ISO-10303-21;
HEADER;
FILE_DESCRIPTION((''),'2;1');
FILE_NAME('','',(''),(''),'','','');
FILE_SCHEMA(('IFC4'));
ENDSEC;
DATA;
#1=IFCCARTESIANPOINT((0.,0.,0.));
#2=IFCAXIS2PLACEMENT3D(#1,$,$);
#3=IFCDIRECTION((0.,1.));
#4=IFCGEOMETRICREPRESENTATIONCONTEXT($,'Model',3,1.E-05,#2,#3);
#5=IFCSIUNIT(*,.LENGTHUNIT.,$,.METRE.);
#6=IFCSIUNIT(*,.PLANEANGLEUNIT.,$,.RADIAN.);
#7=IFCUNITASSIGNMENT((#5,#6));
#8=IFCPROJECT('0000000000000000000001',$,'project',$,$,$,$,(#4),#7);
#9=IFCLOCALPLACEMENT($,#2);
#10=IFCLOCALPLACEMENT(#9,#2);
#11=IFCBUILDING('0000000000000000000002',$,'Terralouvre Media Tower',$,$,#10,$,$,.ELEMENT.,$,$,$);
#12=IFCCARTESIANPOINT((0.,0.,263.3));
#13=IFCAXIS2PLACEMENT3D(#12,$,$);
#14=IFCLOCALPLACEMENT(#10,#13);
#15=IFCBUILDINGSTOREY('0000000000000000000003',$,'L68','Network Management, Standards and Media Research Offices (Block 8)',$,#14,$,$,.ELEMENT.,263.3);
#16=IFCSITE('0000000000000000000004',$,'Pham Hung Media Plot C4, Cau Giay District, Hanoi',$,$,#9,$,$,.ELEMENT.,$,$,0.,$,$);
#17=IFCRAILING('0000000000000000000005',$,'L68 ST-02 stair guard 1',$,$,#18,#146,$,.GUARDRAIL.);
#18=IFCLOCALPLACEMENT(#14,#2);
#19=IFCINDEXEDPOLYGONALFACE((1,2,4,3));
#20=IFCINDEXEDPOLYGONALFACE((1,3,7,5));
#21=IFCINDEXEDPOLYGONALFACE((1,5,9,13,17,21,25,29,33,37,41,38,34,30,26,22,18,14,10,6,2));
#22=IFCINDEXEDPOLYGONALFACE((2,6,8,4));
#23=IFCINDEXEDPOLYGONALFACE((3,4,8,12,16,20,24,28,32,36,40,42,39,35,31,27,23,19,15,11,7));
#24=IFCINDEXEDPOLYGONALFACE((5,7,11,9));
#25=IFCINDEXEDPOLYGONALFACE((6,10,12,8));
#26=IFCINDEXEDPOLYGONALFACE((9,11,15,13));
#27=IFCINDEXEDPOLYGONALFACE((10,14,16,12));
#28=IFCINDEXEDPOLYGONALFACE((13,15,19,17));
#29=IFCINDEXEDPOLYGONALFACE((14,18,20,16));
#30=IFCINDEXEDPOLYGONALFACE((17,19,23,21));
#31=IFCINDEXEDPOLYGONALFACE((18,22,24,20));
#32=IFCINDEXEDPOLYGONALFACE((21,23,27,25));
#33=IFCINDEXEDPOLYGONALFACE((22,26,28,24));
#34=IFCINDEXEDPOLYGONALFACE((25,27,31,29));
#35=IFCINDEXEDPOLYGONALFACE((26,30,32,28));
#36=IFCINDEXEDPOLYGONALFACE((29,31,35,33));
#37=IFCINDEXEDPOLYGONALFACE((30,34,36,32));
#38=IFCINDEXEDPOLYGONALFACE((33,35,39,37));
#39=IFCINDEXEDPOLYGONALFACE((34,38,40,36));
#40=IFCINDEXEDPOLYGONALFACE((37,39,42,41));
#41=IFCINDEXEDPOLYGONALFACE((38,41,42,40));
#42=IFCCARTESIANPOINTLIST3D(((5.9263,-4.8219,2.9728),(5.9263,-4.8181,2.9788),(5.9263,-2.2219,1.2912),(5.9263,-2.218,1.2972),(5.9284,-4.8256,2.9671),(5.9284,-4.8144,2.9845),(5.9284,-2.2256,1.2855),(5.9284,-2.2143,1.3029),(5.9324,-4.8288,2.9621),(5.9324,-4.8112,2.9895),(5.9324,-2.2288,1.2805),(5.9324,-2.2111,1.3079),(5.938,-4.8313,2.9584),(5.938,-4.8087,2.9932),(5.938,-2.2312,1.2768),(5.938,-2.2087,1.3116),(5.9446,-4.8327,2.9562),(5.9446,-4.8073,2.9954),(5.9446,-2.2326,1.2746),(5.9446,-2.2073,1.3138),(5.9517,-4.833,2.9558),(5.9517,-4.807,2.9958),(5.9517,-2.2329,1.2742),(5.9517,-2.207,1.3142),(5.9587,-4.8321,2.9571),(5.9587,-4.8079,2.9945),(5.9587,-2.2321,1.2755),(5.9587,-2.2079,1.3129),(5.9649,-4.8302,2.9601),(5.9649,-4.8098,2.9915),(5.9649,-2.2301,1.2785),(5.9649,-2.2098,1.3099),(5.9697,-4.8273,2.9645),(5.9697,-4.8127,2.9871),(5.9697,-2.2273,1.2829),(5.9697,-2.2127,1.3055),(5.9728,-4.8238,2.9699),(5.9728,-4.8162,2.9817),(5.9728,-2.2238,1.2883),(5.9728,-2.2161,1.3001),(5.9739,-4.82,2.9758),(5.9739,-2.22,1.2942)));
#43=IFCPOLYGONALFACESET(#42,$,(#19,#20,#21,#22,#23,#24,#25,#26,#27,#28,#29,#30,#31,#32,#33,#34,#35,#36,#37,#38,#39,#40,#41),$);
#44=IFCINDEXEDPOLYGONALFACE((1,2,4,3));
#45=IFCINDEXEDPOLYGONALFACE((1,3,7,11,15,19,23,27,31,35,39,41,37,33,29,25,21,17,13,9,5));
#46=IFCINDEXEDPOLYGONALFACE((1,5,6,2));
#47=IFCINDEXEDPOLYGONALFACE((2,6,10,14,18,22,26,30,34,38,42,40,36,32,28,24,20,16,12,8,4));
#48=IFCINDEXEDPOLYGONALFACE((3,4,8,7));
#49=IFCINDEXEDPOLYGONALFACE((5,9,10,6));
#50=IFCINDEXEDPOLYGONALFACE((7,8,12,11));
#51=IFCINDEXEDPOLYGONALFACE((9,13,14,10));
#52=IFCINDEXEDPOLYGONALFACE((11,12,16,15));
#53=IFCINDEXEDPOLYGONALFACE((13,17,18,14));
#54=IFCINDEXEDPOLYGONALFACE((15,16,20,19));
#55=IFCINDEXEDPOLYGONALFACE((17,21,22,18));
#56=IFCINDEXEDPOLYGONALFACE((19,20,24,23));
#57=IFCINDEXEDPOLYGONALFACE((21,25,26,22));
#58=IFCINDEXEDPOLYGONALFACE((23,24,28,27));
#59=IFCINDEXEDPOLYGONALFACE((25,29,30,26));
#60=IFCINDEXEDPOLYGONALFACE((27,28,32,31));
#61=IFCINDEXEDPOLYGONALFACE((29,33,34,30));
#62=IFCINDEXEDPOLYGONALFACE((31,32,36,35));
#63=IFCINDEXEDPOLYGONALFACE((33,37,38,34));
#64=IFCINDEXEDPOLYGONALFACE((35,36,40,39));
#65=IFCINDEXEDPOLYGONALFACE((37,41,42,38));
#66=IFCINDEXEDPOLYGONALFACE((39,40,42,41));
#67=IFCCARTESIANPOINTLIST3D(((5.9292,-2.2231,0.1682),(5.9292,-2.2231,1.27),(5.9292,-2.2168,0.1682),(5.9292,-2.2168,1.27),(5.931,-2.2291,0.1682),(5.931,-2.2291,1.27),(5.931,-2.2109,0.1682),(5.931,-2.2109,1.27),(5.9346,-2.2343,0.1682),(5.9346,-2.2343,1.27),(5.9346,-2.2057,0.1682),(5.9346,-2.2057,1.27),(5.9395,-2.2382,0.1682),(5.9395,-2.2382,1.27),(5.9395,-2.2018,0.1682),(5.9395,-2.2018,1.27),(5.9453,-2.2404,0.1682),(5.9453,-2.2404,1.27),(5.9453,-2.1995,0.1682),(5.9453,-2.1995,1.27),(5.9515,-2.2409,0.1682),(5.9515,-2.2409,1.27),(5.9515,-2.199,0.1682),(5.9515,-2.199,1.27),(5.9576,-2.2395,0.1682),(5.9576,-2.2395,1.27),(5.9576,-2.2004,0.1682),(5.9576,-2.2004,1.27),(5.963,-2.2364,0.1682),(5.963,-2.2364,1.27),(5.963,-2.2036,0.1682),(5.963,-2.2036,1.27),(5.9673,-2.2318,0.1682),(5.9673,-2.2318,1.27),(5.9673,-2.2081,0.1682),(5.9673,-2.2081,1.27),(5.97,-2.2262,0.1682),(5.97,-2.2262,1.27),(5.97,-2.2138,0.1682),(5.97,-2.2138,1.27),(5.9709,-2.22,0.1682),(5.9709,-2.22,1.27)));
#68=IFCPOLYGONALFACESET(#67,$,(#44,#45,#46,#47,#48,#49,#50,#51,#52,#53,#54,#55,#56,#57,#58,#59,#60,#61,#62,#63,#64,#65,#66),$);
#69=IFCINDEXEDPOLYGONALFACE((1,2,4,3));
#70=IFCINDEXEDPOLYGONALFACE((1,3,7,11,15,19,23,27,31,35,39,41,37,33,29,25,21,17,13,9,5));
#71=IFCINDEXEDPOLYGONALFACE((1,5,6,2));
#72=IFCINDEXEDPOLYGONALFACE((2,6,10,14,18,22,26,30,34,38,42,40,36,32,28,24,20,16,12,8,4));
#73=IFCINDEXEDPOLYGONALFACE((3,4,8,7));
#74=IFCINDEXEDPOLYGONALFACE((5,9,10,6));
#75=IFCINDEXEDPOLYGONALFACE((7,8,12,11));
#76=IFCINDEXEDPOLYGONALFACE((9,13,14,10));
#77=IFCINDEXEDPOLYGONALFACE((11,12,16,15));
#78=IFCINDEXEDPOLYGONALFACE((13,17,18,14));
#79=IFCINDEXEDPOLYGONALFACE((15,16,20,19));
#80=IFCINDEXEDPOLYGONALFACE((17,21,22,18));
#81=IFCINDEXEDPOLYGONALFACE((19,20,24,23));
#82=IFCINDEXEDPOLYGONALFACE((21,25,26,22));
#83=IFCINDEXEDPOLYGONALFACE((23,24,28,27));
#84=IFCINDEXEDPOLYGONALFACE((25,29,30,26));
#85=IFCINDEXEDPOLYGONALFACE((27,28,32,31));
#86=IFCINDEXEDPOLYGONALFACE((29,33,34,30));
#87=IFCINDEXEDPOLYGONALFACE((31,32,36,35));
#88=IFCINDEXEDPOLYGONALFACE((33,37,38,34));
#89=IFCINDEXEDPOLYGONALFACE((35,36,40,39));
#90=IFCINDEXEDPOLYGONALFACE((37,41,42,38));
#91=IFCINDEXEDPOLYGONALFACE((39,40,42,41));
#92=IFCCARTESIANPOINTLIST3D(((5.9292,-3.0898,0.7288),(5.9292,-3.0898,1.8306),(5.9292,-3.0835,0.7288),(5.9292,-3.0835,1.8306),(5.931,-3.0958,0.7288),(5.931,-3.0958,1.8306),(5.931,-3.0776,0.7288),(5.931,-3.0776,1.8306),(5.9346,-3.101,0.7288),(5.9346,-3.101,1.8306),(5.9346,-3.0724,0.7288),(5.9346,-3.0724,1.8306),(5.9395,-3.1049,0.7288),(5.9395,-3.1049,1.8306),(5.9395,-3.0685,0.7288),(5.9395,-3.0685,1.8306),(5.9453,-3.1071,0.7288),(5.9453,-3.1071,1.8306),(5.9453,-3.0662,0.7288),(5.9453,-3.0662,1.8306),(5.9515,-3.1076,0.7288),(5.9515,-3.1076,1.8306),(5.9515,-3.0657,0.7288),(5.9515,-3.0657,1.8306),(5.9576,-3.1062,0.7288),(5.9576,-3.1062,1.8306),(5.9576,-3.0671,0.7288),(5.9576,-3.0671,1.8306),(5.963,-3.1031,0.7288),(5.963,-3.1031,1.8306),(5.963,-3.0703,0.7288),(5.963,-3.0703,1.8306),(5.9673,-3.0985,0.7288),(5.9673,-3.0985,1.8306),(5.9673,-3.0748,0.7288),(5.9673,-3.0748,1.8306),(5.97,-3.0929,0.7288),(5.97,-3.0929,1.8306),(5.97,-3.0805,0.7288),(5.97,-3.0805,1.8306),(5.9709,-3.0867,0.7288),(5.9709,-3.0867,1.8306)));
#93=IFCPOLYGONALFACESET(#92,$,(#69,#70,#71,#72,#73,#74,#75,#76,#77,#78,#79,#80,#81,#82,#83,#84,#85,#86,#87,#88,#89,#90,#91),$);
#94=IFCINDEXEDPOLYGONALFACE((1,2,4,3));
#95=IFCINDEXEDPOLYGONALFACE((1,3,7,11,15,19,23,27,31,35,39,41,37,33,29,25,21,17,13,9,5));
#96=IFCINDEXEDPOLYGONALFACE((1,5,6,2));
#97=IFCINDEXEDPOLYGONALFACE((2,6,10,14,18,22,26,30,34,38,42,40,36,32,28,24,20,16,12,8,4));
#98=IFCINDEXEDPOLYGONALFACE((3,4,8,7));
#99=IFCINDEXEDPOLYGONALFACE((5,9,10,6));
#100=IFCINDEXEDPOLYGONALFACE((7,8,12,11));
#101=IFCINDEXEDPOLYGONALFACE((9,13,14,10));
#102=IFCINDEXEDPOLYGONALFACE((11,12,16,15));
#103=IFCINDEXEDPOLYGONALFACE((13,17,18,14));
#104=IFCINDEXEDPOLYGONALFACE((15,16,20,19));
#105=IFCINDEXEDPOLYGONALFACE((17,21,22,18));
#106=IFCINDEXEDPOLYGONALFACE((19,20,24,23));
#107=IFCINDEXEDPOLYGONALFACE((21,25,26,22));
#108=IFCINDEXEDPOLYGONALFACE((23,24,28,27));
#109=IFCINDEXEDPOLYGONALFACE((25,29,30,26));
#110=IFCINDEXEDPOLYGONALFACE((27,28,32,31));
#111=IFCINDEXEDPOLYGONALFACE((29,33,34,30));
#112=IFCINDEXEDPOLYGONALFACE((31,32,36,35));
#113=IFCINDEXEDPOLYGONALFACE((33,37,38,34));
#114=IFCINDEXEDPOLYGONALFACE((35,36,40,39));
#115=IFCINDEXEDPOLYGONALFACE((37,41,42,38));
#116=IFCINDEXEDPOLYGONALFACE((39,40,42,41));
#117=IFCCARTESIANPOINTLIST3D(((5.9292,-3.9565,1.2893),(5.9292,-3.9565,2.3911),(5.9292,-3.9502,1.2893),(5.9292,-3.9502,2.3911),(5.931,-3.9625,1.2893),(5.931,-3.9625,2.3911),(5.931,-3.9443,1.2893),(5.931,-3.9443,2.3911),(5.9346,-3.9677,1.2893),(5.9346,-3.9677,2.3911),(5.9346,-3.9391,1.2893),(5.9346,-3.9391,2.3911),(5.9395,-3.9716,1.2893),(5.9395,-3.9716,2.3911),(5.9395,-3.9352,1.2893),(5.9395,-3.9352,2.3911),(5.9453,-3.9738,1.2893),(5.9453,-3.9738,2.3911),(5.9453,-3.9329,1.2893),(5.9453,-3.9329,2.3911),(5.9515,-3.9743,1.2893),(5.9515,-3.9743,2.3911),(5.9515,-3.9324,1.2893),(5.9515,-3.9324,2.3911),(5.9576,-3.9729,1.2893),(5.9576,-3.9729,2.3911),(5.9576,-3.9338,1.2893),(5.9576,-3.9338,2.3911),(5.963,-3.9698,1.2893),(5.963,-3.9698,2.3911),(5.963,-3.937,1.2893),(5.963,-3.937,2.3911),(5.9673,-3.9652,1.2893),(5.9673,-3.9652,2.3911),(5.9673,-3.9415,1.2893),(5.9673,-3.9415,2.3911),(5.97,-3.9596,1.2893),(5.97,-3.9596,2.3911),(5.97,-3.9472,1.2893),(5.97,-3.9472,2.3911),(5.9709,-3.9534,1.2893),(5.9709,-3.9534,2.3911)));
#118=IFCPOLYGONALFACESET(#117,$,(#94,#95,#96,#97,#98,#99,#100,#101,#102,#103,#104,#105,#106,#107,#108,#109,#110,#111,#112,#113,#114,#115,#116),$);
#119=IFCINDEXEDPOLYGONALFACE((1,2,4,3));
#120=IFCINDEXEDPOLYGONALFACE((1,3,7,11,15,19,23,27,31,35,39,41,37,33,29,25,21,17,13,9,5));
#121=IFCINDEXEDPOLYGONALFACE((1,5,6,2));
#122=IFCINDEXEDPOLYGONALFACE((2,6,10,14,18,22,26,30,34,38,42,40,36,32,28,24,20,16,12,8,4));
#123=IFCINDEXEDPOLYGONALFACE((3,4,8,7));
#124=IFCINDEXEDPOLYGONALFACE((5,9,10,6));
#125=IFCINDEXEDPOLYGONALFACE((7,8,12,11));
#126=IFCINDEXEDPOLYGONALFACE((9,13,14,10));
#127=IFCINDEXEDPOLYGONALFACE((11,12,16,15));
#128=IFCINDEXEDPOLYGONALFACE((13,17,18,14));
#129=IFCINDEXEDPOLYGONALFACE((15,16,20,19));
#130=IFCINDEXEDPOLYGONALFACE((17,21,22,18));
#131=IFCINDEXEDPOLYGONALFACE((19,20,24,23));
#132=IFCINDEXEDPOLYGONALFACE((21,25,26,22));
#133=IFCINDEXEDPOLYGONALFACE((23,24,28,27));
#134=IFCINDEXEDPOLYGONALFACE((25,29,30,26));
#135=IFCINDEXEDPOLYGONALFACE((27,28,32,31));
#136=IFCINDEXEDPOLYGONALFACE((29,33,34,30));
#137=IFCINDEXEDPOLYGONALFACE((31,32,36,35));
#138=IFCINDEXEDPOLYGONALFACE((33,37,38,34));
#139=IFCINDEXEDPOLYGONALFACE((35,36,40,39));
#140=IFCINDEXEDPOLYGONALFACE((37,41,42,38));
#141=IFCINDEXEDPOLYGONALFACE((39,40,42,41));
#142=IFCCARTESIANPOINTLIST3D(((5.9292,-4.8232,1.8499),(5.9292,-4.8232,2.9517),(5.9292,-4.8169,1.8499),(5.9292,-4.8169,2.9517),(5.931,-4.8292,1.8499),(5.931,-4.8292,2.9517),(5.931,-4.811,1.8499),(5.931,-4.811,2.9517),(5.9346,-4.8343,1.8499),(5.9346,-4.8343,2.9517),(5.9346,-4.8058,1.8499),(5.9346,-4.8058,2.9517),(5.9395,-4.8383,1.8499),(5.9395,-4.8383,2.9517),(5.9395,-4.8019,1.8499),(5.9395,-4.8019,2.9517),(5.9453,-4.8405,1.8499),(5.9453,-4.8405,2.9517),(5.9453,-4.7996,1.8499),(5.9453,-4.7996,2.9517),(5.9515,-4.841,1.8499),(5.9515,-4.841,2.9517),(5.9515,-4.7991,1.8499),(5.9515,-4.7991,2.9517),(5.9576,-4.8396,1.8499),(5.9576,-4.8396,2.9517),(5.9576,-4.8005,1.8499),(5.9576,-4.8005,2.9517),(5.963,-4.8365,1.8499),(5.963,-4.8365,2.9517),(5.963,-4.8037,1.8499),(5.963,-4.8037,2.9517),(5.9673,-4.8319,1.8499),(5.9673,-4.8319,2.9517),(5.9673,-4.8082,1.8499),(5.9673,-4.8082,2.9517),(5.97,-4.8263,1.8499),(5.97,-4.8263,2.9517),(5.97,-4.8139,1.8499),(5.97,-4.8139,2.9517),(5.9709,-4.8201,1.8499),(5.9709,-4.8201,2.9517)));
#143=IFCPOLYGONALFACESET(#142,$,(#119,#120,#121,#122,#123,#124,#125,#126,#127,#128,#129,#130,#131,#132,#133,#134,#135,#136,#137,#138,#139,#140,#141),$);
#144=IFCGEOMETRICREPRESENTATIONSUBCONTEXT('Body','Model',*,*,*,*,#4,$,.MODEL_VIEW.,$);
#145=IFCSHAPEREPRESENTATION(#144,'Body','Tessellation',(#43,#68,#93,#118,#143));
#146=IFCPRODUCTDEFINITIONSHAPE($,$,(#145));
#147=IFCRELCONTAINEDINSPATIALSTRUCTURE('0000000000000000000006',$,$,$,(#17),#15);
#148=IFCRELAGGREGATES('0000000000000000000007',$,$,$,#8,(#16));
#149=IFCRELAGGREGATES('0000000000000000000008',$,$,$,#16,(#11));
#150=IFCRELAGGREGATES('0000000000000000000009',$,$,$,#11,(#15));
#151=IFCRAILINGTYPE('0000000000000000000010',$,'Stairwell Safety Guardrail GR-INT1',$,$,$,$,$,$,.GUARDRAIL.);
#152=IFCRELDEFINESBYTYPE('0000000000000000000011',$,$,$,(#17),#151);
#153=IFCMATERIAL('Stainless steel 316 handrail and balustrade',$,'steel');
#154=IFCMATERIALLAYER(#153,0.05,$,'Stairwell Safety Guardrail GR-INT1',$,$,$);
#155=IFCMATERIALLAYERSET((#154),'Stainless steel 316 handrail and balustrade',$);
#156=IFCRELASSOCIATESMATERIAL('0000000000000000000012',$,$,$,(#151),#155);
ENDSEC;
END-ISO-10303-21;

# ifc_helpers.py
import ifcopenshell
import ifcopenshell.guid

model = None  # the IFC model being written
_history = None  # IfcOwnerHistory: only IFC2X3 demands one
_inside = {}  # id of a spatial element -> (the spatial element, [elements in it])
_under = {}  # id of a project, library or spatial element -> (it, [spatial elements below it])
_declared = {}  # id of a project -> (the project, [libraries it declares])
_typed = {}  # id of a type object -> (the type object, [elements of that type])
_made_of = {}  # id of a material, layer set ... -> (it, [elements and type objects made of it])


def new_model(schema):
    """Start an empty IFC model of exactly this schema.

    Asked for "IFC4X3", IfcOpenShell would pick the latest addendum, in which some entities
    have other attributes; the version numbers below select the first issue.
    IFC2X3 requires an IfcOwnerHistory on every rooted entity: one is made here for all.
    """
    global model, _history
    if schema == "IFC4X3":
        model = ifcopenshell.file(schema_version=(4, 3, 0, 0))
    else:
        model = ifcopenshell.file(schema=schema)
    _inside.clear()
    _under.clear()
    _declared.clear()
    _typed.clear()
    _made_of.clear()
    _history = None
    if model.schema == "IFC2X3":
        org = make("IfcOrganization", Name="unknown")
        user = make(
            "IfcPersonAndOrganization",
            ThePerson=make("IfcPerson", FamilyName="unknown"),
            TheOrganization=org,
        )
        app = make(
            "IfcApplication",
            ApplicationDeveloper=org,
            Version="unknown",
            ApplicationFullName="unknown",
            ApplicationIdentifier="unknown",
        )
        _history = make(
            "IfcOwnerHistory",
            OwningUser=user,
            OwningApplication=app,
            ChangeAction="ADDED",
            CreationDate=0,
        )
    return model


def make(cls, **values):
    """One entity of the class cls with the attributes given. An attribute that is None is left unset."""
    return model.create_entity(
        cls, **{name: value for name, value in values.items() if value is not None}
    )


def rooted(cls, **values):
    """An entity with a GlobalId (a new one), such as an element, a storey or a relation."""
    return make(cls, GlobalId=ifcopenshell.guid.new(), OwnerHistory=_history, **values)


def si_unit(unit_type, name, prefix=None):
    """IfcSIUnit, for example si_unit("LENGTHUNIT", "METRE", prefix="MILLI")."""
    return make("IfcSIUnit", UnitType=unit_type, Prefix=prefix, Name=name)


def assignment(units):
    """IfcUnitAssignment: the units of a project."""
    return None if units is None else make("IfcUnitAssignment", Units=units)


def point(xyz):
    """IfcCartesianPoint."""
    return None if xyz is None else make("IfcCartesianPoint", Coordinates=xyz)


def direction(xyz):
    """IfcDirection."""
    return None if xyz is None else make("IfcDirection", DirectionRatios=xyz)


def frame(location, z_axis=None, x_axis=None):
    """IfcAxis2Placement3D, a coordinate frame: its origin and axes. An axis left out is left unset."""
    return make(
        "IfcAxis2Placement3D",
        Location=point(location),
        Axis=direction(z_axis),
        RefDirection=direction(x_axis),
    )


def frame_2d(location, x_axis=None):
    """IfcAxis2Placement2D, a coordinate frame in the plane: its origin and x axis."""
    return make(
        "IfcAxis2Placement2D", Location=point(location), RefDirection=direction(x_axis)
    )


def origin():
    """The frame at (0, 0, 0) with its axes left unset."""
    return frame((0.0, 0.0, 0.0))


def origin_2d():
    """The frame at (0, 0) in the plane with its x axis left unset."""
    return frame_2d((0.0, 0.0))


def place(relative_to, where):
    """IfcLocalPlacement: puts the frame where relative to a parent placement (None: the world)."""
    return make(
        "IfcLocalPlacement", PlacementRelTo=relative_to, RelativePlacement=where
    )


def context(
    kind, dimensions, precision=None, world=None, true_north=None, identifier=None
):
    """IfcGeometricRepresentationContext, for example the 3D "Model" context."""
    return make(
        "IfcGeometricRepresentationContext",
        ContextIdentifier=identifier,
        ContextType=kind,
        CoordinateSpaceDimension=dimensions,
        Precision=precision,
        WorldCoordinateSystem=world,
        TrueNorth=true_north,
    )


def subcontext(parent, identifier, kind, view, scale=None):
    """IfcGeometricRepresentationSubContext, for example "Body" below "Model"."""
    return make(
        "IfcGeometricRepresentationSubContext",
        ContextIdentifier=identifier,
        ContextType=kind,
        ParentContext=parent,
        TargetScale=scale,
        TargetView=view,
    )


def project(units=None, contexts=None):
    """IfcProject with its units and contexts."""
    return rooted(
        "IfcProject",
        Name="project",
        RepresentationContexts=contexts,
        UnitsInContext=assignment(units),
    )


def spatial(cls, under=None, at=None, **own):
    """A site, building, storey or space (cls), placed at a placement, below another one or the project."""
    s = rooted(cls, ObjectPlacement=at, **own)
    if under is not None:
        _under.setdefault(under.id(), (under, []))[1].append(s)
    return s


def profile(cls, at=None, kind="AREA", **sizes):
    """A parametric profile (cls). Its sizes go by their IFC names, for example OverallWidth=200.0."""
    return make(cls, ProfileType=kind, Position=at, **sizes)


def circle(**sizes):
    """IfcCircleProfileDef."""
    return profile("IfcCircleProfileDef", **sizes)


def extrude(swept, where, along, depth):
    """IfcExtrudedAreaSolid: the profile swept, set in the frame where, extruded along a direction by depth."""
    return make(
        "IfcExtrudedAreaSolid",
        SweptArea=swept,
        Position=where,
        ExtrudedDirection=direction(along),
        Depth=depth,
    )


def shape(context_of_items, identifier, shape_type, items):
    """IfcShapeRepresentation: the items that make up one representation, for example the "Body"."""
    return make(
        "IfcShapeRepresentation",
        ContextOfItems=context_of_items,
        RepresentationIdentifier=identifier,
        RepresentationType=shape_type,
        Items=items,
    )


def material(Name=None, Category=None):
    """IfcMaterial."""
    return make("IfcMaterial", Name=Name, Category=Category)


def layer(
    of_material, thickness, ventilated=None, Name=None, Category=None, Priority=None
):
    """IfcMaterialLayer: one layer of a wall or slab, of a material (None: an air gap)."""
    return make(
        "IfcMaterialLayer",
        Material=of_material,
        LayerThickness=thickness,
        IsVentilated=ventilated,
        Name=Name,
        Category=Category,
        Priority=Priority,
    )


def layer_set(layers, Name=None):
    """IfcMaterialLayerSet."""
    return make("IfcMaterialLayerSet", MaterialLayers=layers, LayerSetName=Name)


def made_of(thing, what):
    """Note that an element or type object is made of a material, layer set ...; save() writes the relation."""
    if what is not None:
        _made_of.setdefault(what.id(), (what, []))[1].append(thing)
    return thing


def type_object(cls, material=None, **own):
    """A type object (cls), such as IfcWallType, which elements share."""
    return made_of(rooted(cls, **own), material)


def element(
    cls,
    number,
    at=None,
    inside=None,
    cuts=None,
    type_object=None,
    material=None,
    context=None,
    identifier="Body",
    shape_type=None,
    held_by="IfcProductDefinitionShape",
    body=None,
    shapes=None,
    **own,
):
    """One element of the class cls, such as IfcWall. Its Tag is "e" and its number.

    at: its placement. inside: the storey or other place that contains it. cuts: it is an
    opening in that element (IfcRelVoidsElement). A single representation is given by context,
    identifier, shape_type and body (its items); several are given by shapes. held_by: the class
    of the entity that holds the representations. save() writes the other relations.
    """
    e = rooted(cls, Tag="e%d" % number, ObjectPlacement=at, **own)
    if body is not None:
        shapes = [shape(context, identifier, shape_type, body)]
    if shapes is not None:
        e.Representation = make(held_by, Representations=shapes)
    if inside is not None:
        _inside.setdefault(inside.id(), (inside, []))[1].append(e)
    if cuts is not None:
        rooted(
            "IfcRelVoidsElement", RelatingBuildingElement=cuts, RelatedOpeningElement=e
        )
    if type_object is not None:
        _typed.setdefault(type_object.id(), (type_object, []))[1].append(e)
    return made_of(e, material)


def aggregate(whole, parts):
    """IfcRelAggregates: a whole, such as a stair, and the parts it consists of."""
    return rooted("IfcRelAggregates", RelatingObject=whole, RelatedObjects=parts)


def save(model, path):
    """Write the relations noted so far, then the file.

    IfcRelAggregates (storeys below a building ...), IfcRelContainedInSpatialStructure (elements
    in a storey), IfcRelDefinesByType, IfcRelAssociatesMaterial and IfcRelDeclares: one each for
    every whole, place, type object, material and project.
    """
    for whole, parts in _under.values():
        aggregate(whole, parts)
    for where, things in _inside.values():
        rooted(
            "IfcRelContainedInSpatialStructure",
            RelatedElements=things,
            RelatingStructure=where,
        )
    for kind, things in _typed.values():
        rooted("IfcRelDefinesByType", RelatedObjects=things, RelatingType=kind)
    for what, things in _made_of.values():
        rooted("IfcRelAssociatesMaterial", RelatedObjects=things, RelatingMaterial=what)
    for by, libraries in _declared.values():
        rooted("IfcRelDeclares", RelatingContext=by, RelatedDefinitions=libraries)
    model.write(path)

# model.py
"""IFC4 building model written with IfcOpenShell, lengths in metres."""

from ifc_helpers import new_model, si_unit, direction, frame, origin, origin_2d, place, context, subcontext, project, spatial, circle, extrude, material, layer, layer_set, type_object, element, save


model = new_model("IFC4")

# Units and contexts
model_context = context("Model", 3, precision=1e-05, world=origin(), true_north=direction((0.0, 1.0)))
body_context = subcontext(model_context, "Body", "Model", "MODEL_VIEW")
ifc_project = project(units=[si_unit("LENGTHUNIT", "METRE"), si_unit("PLANEANGLEUNIT", "RADIAN")], contexts=[model_context])

# Site, building, storey
site_placement = place(None, origin())
site = spatial("IfcSite", under=ifc_project, at=site_placement, Name="Pham Hung Media Plot C4, Cau Giay District, Hanoi", CompositionType="ELEMENT", RefElevation=0.0)
building_placement = place(site_placement, origin())
building = spatial("IfcBuilding", under=site, at=building_placement, Name="Terralouvre Media Tower", CompositionType="ELEMENT")
storey_placement = place(building_placement, frame((0.0, 0.0, 263.3)))
storey = spatial("IfcBuildingStorey", under=building, at=storey_placement, Name="L68", Description="Network Management, Standards and Media Research Offices (Block 8)", CompositionType="ELEMENT", Elevation=263.3)

# Railing
ifc_material_1 = material(Name="Stainless steel 316 handrail and balustrade", Category="steel")
ifc_layer_1 = layer(ifc_material_1, 0.05, Name="Stairwell Safety Guardrail GR-INT1")
ifc_layer_set_1 = layer_set([ifc_layer_1], Name="Stainless steel 316 handrail and balustrade")
railing_type_1 = type_object("IfcRailingType", Name="Stairwell Safety Guardrail GR-INT1", PredefinedType="GUARDRAIL", material=ifc_layer_set_1)
railing_1_placement = place(storey_placement, frame((5.95, -2.22, 0.1682)))
element("IfcRailing", 1, at=railing_1_placement, inside=storey, type_object=railing_type_1, Name="L68 ST-02 stair guard 1", PredefinedType="GUARDRAIL", context=body_context, shape_type="SweptSolid", body=[
    extrude(circle(Radius=0.0239, at=origin_2d()), frame((0.0, 0.0, 1.126), z_axis=(0.0, -0.839684, 0.543075), x_axis=(1.0, 0.0, 0.0)), (0.0, 0.0, 1.0), 3.0964),
    extrude(circle(Radius=0.021, at=origin_2d()), origin(), (0.0, 0.0, 1.0), 1.1018),
    extrude(circle(Radius=0.021, at=origin_2d()), frame((0.0, -0.8667, 0.5605)), (0.0, 0.0, 1.0), 1.1018),
    extrude(circle(Radius=0.021, at=origin_2d()), frame((0.0, -1.7334, 1.1211)), (0.0, 0.0, 1.0), 1.1018),
    extrude(circle(Radius=0.021, at=origin_2d()), frame((0.0, -2.6001, 1.6816)), (0.0, 0.0, 1.0), 1.1018),
])

save(model, "model.ifc")
